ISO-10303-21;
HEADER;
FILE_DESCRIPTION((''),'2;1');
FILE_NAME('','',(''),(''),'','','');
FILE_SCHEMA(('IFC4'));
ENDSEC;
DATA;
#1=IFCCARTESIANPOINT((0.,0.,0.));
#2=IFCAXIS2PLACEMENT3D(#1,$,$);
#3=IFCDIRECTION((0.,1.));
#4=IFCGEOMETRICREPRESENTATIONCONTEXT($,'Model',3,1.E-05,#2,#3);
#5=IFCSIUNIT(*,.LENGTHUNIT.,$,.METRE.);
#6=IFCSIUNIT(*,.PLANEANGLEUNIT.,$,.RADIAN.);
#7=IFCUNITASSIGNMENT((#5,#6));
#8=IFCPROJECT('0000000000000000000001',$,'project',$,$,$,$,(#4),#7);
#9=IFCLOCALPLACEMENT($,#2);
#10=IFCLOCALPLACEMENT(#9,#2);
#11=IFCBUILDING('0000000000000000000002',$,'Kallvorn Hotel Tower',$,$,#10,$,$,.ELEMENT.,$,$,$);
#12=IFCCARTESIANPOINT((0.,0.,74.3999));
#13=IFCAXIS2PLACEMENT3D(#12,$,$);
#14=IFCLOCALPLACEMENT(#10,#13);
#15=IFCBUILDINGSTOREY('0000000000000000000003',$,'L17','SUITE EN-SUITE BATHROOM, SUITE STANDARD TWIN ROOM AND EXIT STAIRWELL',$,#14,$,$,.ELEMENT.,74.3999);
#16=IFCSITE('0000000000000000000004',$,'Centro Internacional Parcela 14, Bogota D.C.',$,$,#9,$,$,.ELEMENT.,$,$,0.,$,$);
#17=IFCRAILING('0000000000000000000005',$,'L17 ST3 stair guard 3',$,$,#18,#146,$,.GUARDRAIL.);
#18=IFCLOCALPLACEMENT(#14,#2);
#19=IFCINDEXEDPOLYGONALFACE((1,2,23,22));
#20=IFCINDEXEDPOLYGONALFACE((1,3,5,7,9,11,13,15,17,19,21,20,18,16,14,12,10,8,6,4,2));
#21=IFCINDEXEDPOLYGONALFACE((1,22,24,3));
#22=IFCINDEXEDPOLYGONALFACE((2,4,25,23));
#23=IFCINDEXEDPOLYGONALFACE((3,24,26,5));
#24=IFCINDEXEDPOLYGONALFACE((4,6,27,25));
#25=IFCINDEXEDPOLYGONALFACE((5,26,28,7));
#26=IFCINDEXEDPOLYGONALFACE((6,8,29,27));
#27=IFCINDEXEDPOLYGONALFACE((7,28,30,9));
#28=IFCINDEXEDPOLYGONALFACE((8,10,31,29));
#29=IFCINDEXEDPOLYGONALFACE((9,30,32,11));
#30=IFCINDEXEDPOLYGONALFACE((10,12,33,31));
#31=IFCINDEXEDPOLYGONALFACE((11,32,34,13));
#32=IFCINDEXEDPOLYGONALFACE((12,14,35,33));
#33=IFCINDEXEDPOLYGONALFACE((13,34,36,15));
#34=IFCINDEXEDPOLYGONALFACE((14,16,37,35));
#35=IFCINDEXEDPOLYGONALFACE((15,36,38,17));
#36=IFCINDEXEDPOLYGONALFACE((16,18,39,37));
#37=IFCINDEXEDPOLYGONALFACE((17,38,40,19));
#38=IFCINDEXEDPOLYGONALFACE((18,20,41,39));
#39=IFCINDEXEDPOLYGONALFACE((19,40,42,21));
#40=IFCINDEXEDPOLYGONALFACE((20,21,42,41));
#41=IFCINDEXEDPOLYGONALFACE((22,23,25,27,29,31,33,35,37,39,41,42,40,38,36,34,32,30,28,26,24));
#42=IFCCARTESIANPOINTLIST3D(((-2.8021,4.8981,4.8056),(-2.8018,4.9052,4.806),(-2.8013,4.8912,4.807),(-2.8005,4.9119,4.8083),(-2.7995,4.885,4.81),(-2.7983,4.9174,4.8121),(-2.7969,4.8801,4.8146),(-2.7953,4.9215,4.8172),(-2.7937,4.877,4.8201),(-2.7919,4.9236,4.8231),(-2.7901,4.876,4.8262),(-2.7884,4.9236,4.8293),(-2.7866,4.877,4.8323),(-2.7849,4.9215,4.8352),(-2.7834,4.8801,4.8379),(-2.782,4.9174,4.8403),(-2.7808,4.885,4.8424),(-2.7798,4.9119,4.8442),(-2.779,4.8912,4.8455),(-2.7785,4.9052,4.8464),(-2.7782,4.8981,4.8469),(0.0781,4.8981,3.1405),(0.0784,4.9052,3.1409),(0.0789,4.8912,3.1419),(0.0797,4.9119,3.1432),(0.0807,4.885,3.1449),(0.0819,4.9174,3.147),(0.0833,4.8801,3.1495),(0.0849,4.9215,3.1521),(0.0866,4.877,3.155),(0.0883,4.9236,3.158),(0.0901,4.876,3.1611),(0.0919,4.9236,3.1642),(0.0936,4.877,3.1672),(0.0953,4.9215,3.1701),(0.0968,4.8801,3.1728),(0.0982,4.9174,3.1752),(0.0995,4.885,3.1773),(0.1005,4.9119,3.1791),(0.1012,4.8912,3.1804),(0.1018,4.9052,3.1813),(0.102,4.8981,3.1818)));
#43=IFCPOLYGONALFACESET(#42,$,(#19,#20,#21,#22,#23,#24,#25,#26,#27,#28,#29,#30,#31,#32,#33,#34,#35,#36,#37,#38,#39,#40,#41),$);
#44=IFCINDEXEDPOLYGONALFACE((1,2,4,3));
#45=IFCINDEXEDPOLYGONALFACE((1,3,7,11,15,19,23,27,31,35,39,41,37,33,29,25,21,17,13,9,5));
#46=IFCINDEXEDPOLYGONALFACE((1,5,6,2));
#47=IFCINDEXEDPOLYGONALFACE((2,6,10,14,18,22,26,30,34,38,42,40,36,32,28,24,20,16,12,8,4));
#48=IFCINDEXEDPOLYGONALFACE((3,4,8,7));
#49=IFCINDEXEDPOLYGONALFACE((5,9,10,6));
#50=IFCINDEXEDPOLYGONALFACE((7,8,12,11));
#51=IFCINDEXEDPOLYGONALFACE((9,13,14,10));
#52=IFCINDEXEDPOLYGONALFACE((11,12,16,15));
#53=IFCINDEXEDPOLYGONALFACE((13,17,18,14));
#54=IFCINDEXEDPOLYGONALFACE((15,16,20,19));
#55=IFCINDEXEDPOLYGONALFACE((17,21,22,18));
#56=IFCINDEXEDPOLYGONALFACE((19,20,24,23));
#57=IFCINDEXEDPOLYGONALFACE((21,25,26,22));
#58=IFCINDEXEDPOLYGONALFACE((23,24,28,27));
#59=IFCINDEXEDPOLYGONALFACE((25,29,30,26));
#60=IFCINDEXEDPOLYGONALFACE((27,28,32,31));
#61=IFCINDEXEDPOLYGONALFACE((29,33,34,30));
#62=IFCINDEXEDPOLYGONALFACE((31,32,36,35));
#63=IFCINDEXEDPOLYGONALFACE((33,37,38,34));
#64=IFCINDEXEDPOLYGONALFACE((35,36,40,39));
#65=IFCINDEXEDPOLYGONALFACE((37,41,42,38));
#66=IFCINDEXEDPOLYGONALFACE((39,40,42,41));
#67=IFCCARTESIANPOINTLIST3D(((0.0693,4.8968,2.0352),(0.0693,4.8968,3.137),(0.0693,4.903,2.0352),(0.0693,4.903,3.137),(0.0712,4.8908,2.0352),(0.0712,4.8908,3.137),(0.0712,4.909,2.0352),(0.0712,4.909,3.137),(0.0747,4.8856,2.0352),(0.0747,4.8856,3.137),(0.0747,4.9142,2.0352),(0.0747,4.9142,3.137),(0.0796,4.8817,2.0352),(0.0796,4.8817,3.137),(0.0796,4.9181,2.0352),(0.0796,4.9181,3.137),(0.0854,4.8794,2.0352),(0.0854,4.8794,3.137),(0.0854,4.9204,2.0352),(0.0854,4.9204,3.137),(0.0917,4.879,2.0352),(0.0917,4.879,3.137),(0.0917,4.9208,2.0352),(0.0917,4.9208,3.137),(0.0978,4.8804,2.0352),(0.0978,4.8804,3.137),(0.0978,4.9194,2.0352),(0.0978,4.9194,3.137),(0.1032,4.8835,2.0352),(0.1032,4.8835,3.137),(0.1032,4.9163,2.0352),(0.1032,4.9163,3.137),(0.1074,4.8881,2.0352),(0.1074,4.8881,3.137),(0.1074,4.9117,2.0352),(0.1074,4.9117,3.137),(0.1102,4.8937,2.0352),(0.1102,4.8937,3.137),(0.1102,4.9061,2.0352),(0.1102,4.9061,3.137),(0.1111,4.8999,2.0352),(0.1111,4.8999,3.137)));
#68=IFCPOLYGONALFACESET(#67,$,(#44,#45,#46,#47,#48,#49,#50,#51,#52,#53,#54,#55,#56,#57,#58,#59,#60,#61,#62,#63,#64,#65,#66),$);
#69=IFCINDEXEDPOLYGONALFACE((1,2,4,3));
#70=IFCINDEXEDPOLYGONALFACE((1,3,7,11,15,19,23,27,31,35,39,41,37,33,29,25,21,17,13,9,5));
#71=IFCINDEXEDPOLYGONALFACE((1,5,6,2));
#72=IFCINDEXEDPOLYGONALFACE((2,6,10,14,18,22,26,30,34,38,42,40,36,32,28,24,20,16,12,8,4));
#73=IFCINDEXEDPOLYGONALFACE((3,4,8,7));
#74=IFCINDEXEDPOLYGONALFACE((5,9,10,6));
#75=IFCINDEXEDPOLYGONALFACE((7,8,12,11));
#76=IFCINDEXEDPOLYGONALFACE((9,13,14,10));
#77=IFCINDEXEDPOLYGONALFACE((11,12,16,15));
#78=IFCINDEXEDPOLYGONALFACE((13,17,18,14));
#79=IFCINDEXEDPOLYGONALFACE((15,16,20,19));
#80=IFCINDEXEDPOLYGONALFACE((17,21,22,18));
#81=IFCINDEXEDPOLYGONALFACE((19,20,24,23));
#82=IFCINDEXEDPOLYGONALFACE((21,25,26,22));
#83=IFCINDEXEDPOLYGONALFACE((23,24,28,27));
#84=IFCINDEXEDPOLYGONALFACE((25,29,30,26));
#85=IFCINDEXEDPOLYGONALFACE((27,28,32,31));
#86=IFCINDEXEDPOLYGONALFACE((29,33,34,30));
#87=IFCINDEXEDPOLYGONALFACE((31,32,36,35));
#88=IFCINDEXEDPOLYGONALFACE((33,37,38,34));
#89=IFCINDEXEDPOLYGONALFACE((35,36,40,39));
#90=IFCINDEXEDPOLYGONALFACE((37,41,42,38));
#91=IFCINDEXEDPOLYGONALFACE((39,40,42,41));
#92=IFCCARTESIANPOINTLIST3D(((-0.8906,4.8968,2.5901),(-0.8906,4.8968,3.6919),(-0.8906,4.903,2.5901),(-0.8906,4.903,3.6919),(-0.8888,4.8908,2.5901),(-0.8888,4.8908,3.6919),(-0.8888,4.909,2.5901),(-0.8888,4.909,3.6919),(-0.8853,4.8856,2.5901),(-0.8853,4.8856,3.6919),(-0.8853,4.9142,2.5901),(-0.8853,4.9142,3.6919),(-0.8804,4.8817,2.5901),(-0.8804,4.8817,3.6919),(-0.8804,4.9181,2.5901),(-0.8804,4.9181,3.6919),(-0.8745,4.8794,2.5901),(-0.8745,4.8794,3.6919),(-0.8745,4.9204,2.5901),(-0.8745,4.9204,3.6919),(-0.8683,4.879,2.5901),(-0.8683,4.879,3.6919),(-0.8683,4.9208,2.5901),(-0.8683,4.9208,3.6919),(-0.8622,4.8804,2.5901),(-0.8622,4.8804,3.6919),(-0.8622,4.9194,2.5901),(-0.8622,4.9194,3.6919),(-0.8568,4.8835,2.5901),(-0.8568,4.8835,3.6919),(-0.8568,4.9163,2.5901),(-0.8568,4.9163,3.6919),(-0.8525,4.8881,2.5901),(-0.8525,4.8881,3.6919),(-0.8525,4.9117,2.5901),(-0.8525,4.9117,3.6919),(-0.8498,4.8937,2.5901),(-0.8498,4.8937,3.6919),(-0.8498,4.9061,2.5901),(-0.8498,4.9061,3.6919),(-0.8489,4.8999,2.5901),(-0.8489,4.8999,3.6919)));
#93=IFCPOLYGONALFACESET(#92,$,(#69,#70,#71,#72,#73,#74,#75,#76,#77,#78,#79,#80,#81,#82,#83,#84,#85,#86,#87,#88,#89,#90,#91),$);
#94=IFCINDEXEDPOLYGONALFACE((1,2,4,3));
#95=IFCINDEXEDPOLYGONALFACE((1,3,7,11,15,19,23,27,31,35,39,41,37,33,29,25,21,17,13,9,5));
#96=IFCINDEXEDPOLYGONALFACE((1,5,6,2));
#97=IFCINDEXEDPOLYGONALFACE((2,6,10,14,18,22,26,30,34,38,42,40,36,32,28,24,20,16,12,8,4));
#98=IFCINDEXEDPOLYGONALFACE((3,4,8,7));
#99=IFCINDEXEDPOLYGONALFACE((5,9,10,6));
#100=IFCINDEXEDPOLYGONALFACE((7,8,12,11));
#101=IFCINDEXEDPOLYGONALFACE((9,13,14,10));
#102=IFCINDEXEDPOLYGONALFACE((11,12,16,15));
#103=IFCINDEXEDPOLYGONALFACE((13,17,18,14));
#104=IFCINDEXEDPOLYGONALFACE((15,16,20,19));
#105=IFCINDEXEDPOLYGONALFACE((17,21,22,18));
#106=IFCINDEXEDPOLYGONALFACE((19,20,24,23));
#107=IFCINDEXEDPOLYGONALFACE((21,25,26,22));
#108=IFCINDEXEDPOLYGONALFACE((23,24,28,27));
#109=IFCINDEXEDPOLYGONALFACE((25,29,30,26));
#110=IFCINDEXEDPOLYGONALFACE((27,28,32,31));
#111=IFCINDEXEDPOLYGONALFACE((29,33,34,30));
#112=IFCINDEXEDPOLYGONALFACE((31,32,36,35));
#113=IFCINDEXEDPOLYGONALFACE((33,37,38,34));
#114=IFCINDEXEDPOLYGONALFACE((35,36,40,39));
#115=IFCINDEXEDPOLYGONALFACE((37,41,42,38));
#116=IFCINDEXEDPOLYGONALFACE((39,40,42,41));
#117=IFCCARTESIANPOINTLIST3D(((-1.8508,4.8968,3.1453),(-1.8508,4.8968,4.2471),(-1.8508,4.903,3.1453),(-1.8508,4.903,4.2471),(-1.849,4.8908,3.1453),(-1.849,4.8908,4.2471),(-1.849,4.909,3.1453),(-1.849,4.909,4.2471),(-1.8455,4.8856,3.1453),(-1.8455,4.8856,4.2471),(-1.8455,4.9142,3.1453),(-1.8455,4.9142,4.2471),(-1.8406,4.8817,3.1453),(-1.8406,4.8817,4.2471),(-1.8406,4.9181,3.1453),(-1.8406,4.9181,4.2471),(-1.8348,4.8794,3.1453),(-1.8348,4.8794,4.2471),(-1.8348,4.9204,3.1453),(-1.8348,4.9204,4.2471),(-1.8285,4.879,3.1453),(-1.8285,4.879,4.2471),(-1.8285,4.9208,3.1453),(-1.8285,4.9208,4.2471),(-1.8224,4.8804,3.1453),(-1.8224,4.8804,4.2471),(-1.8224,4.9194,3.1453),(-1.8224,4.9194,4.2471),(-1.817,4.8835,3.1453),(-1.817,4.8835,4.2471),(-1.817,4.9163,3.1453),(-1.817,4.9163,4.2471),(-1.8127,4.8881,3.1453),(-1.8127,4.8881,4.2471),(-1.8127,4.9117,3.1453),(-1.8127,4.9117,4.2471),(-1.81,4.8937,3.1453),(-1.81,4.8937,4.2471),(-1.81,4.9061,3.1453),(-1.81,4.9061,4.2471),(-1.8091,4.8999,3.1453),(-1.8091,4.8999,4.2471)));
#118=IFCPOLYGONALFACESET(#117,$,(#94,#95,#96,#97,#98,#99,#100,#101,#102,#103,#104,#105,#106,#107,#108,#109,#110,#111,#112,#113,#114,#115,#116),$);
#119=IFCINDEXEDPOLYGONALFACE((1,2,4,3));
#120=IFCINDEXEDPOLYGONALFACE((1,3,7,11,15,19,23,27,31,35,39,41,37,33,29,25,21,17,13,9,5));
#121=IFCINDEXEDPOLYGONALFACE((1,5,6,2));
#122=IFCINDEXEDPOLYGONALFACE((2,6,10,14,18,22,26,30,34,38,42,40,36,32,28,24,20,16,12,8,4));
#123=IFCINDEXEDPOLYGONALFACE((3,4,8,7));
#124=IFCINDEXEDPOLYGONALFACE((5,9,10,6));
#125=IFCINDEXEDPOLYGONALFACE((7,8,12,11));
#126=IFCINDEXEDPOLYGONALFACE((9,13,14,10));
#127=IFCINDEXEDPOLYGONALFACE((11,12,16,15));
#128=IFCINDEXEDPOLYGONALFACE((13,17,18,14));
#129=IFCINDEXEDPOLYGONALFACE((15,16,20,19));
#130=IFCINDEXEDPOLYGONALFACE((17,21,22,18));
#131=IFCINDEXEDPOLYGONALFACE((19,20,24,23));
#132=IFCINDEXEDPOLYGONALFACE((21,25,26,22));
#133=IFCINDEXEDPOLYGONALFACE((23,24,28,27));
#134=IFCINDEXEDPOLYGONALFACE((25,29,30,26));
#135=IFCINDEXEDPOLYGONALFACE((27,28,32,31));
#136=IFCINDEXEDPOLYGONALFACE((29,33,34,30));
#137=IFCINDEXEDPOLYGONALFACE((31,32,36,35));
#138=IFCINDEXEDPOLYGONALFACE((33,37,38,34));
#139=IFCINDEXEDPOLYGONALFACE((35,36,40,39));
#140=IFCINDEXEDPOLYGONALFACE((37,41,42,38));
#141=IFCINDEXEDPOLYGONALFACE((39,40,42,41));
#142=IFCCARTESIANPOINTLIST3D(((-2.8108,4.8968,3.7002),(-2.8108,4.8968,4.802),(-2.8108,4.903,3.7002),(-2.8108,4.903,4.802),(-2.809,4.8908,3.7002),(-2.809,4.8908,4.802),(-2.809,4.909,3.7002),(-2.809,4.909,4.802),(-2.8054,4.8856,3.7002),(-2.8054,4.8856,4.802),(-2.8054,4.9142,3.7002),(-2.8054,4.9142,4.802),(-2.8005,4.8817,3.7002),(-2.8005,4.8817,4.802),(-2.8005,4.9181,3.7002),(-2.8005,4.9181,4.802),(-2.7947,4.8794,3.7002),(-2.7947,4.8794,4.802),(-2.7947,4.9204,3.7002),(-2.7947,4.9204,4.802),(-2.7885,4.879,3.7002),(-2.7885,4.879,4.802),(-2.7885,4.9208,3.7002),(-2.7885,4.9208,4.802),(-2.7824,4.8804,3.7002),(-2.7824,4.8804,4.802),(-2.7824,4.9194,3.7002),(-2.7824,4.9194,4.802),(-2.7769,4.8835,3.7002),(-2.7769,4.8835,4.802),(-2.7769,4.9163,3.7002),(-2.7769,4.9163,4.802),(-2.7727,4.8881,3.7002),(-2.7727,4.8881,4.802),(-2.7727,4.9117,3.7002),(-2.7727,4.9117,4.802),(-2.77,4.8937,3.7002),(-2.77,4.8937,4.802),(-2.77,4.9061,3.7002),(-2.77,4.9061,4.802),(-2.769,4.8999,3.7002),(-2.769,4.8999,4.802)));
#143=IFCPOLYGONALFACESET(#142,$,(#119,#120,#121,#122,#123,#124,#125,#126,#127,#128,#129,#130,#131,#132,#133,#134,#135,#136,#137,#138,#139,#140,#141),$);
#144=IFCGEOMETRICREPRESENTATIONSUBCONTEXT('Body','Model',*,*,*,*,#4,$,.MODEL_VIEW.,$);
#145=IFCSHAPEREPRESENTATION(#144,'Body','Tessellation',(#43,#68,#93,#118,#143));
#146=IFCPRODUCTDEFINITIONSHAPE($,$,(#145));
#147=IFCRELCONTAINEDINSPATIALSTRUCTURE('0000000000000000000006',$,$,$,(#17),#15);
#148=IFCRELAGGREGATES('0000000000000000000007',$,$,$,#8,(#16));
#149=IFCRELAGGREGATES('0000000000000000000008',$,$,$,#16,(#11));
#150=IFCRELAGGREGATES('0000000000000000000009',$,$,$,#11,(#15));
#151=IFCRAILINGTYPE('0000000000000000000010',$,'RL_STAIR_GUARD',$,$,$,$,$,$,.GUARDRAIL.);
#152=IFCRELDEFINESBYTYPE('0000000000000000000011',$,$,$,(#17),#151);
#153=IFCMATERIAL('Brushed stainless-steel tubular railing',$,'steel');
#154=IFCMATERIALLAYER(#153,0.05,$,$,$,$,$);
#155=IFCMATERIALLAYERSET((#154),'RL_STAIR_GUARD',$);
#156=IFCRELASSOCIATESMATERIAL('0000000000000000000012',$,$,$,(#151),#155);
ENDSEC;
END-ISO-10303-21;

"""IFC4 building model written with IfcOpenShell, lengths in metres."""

from ifc_helpers import new_model, si_unit, direction, frame, origin, origin_2d, place, context, subcontext, project, spatial, circle, extrude, material, layer, layer_set, type_object, element, save


model = new_model("IFC4")

# Units and contexts
model_context = context("Model", 3, precision=1e-05, world=origin(), true_north=direction((0.0, 1.0)))
body_context = subcontext(model_context, "Body", "Model", "MODEL_VIEW")
ifc_project = project(units=[si_unit("LENGTHUNIT", "METRE"), si_unit("PLANEANGLEUNIT", "RADIAN")], contexts=[model_context])

# Site, building, storey
site_placement = place(None, origin())
site = spatial("IfcSite", under=ifc_project, at=site_placement, Name="Centro Internacional Parcela 14, Bogota D.C.", CompositionType="ELEMENT", RefElevation=0.0)
building_placement = place(site_placement, origin())
building = spatial("IfcBuilding", under=site, at=building_placement, Name="Kallvorn Hotel Tower", CompositionType="ELEMENT")
storey_placement = place(building_placement, frame((0.0, 0.0, 74.3999)))
storey = spatial("IfcBuildingStorey", under=building, at=storey_placement, Name="L17", Description="SUITE EN-SUITE BATHROOM, SUITE STANDARD TWIN ROOM AND EXIT STAIRWELL", CompositionType="ELEMENT", Elevation=74.3999)

# Railing
ifc_material_1 = material(Name="Brushed stainless-steel tubular railing", Category="steel")
ifc_layer_1 = layer(ifc_material_1, 0.05)
ifc_layer_set_1 = layer_set([ifc_layer_1], Name="RL_STAIR_GUARD")
railing_type_1 = type_object("IfcRailingType", Name="RL_STAIR_GUARD", PredefinedType="GUARDRAIL", material=ifc_layer_set_1)
railing_1_placement = place(storey_placement, frame((0.0901, 4.8999, 2.0352)))
element("IfcRailing", 1, at=railing_1_placement, inside=storey, type_object=railing_type_1, Name="L17 ST3 stair guard 3", PredefinedType="GUARDRAIL", context=body_context, shape_type="SweptSolid", body=[
    extrude(circle(Radius=0.0239, at=origin_2d()), frame((0.0, 0.0, 1.126), z_axis=(-0.865739, 0.0, 0.500495), x_axis=(0.0, -1.0, 0.0)), (0.0, 0.0, 1.0), 3.3269),
    extrude(circle(Radius=0.021, at=origin_2d()), origin(), (0.0, 0.0, 1.0), 1.1018),
    extrude(circle(Radius=0.021, at=origin_2d()), frame((-0.96, 0.0, 0.5549)), (0.0, 0.0, 1.0), 1.1018),
    extrude(circle(Radius=0.021, at=origin_2d()), frame((-1.9202, 0.0, 1.1101)), (0.0, 0.0, 1.0), 1.1018),
    extrude(circle(Radius=0.021, at=origin_2d()), frame((-2.8801, 0.0, 1.665)), (0.0, 0.0, 1.0), 1.1018),
])

save(model, "model.ifc")
